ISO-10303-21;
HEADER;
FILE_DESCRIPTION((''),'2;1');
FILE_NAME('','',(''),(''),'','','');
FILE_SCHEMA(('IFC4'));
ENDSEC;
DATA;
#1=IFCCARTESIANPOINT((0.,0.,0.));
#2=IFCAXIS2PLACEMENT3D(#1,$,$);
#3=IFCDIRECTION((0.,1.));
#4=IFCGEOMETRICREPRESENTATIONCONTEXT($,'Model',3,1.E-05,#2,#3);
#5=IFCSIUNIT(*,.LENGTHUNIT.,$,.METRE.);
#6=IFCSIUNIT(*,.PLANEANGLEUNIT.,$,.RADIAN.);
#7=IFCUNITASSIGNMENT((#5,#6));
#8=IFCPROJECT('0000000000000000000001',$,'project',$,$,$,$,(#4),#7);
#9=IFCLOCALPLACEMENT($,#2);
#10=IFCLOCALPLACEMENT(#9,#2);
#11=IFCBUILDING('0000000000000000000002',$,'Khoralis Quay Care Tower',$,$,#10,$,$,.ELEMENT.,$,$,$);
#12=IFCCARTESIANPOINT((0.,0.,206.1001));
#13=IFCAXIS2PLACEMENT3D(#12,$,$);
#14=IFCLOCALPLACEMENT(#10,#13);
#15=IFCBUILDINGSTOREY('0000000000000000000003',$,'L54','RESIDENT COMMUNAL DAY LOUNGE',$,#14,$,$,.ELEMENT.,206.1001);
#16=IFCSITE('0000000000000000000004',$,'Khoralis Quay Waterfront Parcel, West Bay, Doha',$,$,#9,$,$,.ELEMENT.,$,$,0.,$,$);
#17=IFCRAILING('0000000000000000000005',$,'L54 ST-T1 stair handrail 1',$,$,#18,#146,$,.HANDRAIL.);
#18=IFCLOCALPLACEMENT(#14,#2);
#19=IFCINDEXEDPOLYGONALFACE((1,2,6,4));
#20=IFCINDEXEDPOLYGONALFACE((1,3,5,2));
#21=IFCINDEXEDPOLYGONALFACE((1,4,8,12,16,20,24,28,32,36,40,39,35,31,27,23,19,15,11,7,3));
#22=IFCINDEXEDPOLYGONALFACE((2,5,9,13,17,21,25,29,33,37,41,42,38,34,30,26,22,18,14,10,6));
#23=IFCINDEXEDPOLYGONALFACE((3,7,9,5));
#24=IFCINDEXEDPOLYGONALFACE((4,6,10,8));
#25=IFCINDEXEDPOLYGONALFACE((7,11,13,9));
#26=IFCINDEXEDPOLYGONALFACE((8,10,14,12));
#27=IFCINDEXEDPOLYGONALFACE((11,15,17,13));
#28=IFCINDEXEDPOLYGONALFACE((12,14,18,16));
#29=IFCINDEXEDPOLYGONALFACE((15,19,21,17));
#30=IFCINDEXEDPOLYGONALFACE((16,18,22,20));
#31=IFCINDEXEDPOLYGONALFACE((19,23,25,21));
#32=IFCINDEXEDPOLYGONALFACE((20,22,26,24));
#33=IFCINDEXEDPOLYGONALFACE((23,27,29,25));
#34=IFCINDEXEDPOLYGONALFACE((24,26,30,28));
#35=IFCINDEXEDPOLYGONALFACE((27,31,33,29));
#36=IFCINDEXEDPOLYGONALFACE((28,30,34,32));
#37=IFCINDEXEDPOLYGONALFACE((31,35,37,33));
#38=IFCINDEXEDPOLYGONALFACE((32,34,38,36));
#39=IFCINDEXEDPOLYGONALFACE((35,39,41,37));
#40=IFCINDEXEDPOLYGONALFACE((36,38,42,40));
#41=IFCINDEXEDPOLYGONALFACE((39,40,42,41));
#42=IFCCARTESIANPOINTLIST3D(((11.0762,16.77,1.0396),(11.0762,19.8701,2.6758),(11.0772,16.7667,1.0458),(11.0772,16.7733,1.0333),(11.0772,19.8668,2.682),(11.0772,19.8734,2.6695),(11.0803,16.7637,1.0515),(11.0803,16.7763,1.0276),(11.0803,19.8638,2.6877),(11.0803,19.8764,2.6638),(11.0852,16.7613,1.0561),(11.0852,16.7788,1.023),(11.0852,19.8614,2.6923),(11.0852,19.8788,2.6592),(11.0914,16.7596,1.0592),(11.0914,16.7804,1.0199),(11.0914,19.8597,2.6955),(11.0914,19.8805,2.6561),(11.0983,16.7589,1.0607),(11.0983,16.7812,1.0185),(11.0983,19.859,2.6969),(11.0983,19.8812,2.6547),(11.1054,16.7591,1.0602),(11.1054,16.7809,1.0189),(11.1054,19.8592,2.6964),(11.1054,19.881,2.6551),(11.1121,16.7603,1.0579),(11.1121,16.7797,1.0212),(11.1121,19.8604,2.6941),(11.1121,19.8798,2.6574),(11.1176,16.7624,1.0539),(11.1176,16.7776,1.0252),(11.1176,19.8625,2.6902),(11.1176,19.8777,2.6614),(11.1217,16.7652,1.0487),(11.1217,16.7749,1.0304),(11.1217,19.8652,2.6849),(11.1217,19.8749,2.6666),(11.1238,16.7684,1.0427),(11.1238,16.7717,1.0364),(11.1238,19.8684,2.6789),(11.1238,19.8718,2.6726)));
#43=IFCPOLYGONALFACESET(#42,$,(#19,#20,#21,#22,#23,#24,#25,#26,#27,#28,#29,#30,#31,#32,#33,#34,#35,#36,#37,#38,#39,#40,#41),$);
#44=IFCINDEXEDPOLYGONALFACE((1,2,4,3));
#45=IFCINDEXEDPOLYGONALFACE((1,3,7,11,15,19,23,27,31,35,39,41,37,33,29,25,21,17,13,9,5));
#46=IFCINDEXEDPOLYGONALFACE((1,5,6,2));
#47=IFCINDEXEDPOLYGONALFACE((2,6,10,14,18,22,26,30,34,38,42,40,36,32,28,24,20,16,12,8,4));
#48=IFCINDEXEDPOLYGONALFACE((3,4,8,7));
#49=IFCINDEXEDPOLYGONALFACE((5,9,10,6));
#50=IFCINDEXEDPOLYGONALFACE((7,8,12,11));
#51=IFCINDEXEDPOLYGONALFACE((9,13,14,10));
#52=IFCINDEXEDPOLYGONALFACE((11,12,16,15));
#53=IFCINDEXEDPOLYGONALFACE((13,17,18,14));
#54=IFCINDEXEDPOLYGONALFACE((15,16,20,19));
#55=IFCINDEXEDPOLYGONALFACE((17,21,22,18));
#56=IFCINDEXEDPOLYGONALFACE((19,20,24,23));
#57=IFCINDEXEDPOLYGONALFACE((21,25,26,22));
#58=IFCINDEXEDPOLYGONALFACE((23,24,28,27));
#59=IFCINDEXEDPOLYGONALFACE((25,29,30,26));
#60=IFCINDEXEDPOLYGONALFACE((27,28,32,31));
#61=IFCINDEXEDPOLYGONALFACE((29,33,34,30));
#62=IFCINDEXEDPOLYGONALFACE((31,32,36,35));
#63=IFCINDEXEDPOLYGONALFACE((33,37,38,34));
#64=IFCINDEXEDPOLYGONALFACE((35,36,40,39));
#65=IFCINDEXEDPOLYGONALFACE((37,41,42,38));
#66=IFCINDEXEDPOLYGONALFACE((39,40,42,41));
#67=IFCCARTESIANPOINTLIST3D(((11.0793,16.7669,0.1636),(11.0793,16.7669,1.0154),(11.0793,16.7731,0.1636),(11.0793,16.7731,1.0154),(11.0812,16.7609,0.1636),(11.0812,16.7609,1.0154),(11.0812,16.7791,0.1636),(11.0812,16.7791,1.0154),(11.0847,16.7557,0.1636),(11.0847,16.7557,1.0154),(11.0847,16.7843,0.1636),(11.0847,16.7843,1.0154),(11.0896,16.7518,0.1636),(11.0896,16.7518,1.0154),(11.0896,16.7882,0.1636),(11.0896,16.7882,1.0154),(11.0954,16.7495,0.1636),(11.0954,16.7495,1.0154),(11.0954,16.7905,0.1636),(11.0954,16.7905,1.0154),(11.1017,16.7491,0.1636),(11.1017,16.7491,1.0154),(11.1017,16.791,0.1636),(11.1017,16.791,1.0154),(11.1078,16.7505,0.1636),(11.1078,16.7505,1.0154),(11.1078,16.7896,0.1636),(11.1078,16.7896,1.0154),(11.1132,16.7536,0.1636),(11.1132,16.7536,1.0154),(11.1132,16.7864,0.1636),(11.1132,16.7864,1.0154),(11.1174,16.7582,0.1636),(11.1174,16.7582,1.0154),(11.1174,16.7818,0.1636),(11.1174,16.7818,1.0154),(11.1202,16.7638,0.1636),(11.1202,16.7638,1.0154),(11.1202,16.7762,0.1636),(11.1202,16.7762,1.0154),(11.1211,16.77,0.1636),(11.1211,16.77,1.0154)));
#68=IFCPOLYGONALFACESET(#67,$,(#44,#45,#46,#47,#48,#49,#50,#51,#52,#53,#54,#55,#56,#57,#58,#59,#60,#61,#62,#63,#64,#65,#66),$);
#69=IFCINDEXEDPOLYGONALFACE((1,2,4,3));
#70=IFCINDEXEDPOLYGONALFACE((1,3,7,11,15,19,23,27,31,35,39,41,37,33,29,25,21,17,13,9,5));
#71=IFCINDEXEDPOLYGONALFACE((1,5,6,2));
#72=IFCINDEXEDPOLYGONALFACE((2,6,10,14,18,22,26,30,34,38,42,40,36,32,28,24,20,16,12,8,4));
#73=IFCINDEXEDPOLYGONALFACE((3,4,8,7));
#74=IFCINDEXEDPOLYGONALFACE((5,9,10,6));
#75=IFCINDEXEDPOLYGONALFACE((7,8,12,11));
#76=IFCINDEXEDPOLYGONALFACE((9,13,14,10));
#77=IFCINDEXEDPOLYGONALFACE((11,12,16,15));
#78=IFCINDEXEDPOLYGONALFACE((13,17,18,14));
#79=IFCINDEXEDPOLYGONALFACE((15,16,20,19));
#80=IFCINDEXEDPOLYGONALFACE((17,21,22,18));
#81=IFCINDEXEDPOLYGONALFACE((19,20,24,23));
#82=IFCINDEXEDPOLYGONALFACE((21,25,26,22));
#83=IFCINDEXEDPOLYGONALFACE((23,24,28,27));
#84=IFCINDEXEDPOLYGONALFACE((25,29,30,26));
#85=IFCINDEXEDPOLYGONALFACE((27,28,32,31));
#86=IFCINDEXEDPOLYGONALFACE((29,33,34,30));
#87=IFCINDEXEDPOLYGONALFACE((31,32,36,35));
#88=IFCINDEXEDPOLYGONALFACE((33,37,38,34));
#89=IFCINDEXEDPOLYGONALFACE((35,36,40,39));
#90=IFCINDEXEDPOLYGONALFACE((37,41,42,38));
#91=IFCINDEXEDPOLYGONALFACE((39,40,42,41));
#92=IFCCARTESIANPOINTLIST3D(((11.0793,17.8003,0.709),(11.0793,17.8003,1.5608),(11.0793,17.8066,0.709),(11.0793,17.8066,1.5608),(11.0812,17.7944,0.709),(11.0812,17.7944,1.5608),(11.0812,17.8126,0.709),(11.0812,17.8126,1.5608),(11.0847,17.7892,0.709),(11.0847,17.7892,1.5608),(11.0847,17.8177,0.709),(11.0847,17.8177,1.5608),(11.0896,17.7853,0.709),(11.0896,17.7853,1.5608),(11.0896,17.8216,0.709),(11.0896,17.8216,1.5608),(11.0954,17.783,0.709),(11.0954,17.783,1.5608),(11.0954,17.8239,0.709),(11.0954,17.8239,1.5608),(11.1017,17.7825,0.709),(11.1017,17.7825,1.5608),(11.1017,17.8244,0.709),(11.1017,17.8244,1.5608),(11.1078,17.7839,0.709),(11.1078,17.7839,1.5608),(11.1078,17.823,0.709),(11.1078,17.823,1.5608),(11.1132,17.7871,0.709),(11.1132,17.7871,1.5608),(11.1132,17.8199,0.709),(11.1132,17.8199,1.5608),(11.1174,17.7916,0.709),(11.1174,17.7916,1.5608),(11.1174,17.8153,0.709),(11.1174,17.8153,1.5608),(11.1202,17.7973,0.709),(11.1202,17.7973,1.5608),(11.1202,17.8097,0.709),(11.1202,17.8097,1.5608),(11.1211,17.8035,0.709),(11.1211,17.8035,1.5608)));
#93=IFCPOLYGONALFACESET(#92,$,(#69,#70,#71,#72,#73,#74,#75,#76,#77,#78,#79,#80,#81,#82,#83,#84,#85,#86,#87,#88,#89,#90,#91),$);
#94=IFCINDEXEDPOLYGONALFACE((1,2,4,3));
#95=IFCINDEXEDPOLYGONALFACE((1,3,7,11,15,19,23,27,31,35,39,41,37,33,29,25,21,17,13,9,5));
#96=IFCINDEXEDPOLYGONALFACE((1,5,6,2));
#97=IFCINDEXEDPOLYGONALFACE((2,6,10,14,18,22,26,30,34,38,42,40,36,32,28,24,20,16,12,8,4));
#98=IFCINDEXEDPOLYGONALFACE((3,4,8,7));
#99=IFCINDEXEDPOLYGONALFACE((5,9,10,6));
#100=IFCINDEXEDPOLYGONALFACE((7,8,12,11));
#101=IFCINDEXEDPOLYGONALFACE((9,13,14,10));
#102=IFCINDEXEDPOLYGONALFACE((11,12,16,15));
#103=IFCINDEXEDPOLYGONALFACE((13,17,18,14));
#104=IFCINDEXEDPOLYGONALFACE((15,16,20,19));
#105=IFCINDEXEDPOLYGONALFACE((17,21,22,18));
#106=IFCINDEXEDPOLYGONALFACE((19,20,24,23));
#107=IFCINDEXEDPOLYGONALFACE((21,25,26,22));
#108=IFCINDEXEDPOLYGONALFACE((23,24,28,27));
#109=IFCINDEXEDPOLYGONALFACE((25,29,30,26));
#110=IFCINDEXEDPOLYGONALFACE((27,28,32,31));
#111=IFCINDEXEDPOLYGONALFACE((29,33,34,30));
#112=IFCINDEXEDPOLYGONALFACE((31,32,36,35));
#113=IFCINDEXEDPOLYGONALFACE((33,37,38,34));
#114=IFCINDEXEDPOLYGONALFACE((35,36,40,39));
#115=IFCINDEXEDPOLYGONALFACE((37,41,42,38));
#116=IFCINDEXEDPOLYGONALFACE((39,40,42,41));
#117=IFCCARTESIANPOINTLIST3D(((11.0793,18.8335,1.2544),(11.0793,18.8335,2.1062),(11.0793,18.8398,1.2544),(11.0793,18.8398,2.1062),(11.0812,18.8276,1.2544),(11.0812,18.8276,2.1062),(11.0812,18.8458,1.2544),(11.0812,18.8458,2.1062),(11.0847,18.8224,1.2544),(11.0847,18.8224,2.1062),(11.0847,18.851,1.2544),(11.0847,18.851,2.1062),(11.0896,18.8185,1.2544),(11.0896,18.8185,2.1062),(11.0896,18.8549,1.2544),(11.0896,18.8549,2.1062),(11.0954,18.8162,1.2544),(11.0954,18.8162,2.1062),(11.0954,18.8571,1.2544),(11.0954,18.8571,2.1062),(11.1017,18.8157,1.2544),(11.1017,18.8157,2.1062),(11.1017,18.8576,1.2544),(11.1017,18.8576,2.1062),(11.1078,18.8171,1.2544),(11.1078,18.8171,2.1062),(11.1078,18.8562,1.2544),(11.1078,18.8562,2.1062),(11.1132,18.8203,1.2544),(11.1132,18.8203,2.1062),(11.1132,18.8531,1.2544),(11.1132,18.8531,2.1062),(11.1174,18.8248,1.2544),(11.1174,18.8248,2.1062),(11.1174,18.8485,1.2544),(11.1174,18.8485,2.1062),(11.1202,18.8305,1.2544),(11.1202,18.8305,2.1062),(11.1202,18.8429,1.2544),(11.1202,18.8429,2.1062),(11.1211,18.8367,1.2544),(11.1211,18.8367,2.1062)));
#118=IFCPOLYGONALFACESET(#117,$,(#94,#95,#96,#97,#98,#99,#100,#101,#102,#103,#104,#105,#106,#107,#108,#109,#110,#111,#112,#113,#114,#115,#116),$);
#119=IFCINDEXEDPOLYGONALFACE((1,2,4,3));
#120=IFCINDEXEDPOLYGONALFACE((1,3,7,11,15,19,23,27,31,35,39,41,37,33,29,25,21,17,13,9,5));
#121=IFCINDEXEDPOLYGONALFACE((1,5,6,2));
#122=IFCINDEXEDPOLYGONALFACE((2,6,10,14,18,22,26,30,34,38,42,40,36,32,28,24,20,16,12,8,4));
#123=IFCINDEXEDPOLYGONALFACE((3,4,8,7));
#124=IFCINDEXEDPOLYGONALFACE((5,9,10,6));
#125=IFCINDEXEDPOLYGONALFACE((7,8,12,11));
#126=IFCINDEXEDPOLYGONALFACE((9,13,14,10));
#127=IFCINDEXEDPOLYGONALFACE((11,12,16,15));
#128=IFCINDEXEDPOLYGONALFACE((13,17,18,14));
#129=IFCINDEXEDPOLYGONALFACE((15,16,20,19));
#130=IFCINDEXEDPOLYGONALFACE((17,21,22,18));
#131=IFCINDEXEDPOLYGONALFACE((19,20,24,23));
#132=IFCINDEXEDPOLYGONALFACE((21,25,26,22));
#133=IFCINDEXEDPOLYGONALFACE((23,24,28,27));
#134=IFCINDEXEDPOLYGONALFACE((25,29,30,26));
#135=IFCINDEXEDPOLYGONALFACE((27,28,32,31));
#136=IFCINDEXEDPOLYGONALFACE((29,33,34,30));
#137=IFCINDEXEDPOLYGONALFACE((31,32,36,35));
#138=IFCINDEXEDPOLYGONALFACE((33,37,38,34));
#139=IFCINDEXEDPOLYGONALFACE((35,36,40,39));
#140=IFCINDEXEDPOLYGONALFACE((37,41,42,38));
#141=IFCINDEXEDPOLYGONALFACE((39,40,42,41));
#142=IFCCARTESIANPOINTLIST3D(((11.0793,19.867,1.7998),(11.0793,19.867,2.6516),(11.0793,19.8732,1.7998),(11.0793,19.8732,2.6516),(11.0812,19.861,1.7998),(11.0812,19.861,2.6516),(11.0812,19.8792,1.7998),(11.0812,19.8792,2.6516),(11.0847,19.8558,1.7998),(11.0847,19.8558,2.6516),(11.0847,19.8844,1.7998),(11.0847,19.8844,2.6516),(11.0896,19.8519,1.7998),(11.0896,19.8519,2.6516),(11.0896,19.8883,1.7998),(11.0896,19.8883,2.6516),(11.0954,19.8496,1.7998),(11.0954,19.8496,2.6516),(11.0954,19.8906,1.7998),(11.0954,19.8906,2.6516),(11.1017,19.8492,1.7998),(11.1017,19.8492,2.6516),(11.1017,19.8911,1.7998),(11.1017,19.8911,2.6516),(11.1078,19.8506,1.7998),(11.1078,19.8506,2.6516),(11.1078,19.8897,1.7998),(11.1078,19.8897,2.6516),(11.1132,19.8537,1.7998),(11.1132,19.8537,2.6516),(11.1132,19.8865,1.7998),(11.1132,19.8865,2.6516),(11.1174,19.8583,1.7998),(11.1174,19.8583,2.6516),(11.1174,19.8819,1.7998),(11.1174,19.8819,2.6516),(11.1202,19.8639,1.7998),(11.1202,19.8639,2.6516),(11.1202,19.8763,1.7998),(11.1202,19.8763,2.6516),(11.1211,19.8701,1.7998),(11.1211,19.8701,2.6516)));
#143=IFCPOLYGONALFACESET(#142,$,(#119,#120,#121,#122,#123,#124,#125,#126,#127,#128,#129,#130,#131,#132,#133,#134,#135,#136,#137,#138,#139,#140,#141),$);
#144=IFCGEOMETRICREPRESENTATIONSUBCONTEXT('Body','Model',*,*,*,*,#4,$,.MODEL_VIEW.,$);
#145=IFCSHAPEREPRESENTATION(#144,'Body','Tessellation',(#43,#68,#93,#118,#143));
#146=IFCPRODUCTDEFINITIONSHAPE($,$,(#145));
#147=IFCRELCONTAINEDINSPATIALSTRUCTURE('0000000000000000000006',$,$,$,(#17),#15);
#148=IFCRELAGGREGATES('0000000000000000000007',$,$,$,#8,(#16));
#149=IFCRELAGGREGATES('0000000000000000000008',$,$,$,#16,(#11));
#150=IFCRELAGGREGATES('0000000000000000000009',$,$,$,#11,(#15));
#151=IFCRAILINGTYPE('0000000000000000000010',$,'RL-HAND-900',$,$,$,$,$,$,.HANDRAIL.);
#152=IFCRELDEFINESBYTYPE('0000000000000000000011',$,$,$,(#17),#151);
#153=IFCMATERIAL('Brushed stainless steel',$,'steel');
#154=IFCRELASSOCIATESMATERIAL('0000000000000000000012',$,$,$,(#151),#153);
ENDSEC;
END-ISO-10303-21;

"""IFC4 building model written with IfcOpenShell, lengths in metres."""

from ifc_helpers import new_model, si_unit, direction, frame, origin, origin_2d, place, context, subcontext, project, spatial, circle, extrude, material, type_object, element, save


model = new_model("IFC4")

# Units and contexts
model_context = context("Model", 3, precision=1e-05, world=origin(), true_north=direction((0.0, 1.0)))
body_context = subcontext(model_context, "Body", "Model", "MODEL_VIEW")
ifc_project = project(units=[si_unit("LENGTHUNIT", "METRE"), si_unit("PLANEANGLEUNIT", "RADIAN")], contexts=[model_context])

# Site, building, storey
site_placement = place(None, origin())
site = spatial("IfcSite", under=ifc_project, at=site_placement, Name="Khoralis Quay Waterfront Parcel, West Bay, Doha", CompositionType="ELEMENT", RefElevation=0.0)
building_placement = place(site_placement, origin())
building = spatial("IfcBuilding", under=site, at=building_placement, Name="Khoralis Quay Care Tower", CompositionType="ELEMENT")
storey_placement = place(building_placement, frame((0.0, 0.0, 206.1001)))
storey = spatial("IfcBuildingStorey", under=building, at=storey_placement, Name="L54", Description="RESIDENT COMMUNAL DAY LOUNGE", CompositionType="ELEMENT", Elevation=206.1001)

# Railing
ifc_material_1 = material(Name="Brushed stainless steel", Category="steel")
railing_type_1 = type_object("IfcRailingType", Name="RL-HAND-900", PredefinedType="HANDRAIL", material=ifc_material_1)
railing_1_placement = place(storey_placement, frame((11.1001, 16.77, 0.1636)))
element("IfcRailing", 1, at=railing_1_placement, inside=storey, type_object=railing_type_1, Name="L54 ST-T1 stair handrail 1", PredefinedType="HANDRAIL", context=body_context, shape_type="SweptSolid", body=[
    extrude(circle(Radius=0.0239, at=origin_2d()), frame((0.0, 0.0, 0.876), z_axis=(0.0, 0.884377, 0.466774), x_axis=(-1.0, 0.0, 0.0)), (0.0, 0.0, 1.0), 3.5054),
    extrude(circle(Radius=0.021, at=origin_2d()), origin(), (0.0, 0.0, 1.0), 0.8518),
    extrude(circle(Radius=0.021, at=origin_2d()), frame((0.0, 1.0334, 0.5454)), (0.0, 0.0, 1.0), 0.8518),
    extrude(circle(Radius=0.021, at=origin_2d()), frame((0.0, 2.0667, 1.0908)), (0.0, 0.0, 1.0), 0.8518),
    extrude(circle(Radius=0.021, at=origin_2d()), frame((0.0, 3.1001, 1.6362)), (0.0, 0.0, 1.0), 0.8518),
])

save(model, "model.ifc")
